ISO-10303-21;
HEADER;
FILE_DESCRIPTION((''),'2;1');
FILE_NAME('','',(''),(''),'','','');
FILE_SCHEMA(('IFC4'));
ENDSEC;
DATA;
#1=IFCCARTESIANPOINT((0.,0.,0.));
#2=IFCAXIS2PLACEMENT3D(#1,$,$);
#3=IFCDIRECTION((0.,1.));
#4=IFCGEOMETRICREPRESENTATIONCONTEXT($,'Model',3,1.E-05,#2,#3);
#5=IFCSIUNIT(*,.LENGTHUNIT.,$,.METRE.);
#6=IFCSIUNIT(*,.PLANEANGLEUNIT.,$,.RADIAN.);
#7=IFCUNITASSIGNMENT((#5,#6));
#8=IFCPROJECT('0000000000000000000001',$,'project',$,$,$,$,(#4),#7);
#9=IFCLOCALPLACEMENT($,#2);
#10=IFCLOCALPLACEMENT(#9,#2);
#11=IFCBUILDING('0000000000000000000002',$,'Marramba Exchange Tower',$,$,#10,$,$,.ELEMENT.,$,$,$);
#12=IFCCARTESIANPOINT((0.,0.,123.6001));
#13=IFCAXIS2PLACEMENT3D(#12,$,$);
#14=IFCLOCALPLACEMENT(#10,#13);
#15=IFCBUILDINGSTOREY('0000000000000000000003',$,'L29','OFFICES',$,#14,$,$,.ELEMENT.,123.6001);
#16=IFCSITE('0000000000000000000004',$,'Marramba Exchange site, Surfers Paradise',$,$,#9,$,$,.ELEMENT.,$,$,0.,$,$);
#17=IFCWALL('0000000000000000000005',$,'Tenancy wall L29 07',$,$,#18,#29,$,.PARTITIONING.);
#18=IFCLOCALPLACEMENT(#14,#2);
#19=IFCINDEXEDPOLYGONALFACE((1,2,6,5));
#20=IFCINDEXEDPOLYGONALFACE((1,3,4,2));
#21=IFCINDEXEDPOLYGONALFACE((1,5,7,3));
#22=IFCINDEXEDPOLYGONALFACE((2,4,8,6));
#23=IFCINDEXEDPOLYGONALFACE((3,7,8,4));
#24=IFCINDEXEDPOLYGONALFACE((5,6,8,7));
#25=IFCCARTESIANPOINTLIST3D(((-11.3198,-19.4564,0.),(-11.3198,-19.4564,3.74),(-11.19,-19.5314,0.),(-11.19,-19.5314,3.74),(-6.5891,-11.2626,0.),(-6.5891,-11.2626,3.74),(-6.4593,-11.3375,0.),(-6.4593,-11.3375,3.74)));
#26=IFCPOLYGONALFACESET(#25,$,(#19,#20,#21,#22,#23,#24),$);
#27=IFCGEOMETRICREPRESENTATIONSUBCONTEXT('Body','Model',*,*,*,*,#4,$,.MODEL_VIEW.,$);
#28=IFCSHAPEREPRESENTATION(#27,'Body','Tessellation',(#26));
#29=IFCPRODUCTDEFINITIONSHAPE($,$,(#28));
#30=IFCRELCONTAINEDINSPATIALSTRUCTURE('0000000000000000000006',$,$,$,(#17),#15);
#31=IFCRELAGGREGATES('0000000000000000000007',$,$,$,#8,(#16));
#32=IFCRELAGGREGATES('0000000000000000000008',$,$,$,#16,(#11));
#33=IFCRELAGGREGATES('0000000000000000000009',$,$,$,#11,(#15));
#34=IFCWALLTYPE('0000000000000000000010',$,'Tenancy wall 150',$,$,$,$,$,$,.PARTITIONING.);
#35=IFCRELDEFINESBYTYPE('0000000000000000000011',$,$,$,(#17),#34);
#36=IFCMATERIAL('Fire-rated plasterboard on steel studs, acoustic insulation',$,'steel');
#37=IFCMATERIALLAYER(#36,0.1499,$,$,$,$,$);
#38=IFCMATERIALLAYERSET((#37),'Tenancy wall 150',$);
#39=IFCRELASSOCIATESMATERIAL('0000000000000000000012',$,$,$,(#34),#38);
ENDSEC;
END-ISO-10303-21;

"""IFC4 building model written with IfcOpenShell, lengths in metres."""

from ifc_helpers import new_model, si_unit, direction, frame, frame_2d, origin, place, context, subcontext, project, spatial, rectangle, extrude, material, layer, layer_set, type_object, element, save


model = new_model("IFC4")

# Units and contexts
model_context = context("Model", 3, precision=1e-05, world=origin(), true_north=direction((0.0, 1.0)))
body_context = subcontext(model_context, "Body", "Model", "MODEL_VIEW")
ifc_project = project(units=[si_unit("LENGTHUNIT", "METRE"), si_unit("PLANEANGLEUNIT", "RADIAN")], contexts=[model_context])

# Site, building, storey
site_placement = place(None, origin())
site = spatial("IfcSite", under=ifc_project, at=site_placement, Name="Marramba Exchange site, Surfers Paradise", CompositionType="ELEMENT", RefElevation=0.0)
building_placement = place(site_placement, origin())
building = spatial("IfcBuilding", under=site, at=building_placement, Name="Marramba Exchange Tower", CompositionType="ELEMENT")
storey_placement = place(building_placement, frame((0.0, 0.0, 123.6001)))
storey = spatial("IfcBuildingStorey", under=building, at=storey_placement, Name="L29", Description="OFFICES", CompositionType="ELEMENT", Elevation=123.6001)

# Wall
ifc_material_1 = material(Name="Fire-rated plasterboard on steel studs, acoustic insulation", Category="steel")
ifc_layer_1 = layer(ifc_material_1, 0.1499)
ifc_layer_set_1 = layer_set([ifc_layer_1], Name="Tenancy wall 150")
wall_type_1 = type_object("IfcWallType", Name="Tenancy wall 150", PredefinedType="PARTITIONING", material=ifc_layer_set_1)
wall_1_placement = place(storey_placement, frame((-6.5242, -11.3, 0.0), z_axis=(0.0, 0.0, 1.0), x_axis=(-0.499999, -0.866026, 0.0)))
element("IfcWall", 1, at=wall_1_placement, inside=storey, type_object=wall_type_1, Name="Tenancy wall L29 07", PredefinedType="PARTITIONING", context=body_context, shape_type="SweptSolid", body=[
    extrude(rectangle(XDim=9.4614, YDim=0.1499, at=frame_2d((4.7307, 0.0))), origin(), (0.0, 0.0, 1.0), 3.74),
])

save(model, "model.ifc")
